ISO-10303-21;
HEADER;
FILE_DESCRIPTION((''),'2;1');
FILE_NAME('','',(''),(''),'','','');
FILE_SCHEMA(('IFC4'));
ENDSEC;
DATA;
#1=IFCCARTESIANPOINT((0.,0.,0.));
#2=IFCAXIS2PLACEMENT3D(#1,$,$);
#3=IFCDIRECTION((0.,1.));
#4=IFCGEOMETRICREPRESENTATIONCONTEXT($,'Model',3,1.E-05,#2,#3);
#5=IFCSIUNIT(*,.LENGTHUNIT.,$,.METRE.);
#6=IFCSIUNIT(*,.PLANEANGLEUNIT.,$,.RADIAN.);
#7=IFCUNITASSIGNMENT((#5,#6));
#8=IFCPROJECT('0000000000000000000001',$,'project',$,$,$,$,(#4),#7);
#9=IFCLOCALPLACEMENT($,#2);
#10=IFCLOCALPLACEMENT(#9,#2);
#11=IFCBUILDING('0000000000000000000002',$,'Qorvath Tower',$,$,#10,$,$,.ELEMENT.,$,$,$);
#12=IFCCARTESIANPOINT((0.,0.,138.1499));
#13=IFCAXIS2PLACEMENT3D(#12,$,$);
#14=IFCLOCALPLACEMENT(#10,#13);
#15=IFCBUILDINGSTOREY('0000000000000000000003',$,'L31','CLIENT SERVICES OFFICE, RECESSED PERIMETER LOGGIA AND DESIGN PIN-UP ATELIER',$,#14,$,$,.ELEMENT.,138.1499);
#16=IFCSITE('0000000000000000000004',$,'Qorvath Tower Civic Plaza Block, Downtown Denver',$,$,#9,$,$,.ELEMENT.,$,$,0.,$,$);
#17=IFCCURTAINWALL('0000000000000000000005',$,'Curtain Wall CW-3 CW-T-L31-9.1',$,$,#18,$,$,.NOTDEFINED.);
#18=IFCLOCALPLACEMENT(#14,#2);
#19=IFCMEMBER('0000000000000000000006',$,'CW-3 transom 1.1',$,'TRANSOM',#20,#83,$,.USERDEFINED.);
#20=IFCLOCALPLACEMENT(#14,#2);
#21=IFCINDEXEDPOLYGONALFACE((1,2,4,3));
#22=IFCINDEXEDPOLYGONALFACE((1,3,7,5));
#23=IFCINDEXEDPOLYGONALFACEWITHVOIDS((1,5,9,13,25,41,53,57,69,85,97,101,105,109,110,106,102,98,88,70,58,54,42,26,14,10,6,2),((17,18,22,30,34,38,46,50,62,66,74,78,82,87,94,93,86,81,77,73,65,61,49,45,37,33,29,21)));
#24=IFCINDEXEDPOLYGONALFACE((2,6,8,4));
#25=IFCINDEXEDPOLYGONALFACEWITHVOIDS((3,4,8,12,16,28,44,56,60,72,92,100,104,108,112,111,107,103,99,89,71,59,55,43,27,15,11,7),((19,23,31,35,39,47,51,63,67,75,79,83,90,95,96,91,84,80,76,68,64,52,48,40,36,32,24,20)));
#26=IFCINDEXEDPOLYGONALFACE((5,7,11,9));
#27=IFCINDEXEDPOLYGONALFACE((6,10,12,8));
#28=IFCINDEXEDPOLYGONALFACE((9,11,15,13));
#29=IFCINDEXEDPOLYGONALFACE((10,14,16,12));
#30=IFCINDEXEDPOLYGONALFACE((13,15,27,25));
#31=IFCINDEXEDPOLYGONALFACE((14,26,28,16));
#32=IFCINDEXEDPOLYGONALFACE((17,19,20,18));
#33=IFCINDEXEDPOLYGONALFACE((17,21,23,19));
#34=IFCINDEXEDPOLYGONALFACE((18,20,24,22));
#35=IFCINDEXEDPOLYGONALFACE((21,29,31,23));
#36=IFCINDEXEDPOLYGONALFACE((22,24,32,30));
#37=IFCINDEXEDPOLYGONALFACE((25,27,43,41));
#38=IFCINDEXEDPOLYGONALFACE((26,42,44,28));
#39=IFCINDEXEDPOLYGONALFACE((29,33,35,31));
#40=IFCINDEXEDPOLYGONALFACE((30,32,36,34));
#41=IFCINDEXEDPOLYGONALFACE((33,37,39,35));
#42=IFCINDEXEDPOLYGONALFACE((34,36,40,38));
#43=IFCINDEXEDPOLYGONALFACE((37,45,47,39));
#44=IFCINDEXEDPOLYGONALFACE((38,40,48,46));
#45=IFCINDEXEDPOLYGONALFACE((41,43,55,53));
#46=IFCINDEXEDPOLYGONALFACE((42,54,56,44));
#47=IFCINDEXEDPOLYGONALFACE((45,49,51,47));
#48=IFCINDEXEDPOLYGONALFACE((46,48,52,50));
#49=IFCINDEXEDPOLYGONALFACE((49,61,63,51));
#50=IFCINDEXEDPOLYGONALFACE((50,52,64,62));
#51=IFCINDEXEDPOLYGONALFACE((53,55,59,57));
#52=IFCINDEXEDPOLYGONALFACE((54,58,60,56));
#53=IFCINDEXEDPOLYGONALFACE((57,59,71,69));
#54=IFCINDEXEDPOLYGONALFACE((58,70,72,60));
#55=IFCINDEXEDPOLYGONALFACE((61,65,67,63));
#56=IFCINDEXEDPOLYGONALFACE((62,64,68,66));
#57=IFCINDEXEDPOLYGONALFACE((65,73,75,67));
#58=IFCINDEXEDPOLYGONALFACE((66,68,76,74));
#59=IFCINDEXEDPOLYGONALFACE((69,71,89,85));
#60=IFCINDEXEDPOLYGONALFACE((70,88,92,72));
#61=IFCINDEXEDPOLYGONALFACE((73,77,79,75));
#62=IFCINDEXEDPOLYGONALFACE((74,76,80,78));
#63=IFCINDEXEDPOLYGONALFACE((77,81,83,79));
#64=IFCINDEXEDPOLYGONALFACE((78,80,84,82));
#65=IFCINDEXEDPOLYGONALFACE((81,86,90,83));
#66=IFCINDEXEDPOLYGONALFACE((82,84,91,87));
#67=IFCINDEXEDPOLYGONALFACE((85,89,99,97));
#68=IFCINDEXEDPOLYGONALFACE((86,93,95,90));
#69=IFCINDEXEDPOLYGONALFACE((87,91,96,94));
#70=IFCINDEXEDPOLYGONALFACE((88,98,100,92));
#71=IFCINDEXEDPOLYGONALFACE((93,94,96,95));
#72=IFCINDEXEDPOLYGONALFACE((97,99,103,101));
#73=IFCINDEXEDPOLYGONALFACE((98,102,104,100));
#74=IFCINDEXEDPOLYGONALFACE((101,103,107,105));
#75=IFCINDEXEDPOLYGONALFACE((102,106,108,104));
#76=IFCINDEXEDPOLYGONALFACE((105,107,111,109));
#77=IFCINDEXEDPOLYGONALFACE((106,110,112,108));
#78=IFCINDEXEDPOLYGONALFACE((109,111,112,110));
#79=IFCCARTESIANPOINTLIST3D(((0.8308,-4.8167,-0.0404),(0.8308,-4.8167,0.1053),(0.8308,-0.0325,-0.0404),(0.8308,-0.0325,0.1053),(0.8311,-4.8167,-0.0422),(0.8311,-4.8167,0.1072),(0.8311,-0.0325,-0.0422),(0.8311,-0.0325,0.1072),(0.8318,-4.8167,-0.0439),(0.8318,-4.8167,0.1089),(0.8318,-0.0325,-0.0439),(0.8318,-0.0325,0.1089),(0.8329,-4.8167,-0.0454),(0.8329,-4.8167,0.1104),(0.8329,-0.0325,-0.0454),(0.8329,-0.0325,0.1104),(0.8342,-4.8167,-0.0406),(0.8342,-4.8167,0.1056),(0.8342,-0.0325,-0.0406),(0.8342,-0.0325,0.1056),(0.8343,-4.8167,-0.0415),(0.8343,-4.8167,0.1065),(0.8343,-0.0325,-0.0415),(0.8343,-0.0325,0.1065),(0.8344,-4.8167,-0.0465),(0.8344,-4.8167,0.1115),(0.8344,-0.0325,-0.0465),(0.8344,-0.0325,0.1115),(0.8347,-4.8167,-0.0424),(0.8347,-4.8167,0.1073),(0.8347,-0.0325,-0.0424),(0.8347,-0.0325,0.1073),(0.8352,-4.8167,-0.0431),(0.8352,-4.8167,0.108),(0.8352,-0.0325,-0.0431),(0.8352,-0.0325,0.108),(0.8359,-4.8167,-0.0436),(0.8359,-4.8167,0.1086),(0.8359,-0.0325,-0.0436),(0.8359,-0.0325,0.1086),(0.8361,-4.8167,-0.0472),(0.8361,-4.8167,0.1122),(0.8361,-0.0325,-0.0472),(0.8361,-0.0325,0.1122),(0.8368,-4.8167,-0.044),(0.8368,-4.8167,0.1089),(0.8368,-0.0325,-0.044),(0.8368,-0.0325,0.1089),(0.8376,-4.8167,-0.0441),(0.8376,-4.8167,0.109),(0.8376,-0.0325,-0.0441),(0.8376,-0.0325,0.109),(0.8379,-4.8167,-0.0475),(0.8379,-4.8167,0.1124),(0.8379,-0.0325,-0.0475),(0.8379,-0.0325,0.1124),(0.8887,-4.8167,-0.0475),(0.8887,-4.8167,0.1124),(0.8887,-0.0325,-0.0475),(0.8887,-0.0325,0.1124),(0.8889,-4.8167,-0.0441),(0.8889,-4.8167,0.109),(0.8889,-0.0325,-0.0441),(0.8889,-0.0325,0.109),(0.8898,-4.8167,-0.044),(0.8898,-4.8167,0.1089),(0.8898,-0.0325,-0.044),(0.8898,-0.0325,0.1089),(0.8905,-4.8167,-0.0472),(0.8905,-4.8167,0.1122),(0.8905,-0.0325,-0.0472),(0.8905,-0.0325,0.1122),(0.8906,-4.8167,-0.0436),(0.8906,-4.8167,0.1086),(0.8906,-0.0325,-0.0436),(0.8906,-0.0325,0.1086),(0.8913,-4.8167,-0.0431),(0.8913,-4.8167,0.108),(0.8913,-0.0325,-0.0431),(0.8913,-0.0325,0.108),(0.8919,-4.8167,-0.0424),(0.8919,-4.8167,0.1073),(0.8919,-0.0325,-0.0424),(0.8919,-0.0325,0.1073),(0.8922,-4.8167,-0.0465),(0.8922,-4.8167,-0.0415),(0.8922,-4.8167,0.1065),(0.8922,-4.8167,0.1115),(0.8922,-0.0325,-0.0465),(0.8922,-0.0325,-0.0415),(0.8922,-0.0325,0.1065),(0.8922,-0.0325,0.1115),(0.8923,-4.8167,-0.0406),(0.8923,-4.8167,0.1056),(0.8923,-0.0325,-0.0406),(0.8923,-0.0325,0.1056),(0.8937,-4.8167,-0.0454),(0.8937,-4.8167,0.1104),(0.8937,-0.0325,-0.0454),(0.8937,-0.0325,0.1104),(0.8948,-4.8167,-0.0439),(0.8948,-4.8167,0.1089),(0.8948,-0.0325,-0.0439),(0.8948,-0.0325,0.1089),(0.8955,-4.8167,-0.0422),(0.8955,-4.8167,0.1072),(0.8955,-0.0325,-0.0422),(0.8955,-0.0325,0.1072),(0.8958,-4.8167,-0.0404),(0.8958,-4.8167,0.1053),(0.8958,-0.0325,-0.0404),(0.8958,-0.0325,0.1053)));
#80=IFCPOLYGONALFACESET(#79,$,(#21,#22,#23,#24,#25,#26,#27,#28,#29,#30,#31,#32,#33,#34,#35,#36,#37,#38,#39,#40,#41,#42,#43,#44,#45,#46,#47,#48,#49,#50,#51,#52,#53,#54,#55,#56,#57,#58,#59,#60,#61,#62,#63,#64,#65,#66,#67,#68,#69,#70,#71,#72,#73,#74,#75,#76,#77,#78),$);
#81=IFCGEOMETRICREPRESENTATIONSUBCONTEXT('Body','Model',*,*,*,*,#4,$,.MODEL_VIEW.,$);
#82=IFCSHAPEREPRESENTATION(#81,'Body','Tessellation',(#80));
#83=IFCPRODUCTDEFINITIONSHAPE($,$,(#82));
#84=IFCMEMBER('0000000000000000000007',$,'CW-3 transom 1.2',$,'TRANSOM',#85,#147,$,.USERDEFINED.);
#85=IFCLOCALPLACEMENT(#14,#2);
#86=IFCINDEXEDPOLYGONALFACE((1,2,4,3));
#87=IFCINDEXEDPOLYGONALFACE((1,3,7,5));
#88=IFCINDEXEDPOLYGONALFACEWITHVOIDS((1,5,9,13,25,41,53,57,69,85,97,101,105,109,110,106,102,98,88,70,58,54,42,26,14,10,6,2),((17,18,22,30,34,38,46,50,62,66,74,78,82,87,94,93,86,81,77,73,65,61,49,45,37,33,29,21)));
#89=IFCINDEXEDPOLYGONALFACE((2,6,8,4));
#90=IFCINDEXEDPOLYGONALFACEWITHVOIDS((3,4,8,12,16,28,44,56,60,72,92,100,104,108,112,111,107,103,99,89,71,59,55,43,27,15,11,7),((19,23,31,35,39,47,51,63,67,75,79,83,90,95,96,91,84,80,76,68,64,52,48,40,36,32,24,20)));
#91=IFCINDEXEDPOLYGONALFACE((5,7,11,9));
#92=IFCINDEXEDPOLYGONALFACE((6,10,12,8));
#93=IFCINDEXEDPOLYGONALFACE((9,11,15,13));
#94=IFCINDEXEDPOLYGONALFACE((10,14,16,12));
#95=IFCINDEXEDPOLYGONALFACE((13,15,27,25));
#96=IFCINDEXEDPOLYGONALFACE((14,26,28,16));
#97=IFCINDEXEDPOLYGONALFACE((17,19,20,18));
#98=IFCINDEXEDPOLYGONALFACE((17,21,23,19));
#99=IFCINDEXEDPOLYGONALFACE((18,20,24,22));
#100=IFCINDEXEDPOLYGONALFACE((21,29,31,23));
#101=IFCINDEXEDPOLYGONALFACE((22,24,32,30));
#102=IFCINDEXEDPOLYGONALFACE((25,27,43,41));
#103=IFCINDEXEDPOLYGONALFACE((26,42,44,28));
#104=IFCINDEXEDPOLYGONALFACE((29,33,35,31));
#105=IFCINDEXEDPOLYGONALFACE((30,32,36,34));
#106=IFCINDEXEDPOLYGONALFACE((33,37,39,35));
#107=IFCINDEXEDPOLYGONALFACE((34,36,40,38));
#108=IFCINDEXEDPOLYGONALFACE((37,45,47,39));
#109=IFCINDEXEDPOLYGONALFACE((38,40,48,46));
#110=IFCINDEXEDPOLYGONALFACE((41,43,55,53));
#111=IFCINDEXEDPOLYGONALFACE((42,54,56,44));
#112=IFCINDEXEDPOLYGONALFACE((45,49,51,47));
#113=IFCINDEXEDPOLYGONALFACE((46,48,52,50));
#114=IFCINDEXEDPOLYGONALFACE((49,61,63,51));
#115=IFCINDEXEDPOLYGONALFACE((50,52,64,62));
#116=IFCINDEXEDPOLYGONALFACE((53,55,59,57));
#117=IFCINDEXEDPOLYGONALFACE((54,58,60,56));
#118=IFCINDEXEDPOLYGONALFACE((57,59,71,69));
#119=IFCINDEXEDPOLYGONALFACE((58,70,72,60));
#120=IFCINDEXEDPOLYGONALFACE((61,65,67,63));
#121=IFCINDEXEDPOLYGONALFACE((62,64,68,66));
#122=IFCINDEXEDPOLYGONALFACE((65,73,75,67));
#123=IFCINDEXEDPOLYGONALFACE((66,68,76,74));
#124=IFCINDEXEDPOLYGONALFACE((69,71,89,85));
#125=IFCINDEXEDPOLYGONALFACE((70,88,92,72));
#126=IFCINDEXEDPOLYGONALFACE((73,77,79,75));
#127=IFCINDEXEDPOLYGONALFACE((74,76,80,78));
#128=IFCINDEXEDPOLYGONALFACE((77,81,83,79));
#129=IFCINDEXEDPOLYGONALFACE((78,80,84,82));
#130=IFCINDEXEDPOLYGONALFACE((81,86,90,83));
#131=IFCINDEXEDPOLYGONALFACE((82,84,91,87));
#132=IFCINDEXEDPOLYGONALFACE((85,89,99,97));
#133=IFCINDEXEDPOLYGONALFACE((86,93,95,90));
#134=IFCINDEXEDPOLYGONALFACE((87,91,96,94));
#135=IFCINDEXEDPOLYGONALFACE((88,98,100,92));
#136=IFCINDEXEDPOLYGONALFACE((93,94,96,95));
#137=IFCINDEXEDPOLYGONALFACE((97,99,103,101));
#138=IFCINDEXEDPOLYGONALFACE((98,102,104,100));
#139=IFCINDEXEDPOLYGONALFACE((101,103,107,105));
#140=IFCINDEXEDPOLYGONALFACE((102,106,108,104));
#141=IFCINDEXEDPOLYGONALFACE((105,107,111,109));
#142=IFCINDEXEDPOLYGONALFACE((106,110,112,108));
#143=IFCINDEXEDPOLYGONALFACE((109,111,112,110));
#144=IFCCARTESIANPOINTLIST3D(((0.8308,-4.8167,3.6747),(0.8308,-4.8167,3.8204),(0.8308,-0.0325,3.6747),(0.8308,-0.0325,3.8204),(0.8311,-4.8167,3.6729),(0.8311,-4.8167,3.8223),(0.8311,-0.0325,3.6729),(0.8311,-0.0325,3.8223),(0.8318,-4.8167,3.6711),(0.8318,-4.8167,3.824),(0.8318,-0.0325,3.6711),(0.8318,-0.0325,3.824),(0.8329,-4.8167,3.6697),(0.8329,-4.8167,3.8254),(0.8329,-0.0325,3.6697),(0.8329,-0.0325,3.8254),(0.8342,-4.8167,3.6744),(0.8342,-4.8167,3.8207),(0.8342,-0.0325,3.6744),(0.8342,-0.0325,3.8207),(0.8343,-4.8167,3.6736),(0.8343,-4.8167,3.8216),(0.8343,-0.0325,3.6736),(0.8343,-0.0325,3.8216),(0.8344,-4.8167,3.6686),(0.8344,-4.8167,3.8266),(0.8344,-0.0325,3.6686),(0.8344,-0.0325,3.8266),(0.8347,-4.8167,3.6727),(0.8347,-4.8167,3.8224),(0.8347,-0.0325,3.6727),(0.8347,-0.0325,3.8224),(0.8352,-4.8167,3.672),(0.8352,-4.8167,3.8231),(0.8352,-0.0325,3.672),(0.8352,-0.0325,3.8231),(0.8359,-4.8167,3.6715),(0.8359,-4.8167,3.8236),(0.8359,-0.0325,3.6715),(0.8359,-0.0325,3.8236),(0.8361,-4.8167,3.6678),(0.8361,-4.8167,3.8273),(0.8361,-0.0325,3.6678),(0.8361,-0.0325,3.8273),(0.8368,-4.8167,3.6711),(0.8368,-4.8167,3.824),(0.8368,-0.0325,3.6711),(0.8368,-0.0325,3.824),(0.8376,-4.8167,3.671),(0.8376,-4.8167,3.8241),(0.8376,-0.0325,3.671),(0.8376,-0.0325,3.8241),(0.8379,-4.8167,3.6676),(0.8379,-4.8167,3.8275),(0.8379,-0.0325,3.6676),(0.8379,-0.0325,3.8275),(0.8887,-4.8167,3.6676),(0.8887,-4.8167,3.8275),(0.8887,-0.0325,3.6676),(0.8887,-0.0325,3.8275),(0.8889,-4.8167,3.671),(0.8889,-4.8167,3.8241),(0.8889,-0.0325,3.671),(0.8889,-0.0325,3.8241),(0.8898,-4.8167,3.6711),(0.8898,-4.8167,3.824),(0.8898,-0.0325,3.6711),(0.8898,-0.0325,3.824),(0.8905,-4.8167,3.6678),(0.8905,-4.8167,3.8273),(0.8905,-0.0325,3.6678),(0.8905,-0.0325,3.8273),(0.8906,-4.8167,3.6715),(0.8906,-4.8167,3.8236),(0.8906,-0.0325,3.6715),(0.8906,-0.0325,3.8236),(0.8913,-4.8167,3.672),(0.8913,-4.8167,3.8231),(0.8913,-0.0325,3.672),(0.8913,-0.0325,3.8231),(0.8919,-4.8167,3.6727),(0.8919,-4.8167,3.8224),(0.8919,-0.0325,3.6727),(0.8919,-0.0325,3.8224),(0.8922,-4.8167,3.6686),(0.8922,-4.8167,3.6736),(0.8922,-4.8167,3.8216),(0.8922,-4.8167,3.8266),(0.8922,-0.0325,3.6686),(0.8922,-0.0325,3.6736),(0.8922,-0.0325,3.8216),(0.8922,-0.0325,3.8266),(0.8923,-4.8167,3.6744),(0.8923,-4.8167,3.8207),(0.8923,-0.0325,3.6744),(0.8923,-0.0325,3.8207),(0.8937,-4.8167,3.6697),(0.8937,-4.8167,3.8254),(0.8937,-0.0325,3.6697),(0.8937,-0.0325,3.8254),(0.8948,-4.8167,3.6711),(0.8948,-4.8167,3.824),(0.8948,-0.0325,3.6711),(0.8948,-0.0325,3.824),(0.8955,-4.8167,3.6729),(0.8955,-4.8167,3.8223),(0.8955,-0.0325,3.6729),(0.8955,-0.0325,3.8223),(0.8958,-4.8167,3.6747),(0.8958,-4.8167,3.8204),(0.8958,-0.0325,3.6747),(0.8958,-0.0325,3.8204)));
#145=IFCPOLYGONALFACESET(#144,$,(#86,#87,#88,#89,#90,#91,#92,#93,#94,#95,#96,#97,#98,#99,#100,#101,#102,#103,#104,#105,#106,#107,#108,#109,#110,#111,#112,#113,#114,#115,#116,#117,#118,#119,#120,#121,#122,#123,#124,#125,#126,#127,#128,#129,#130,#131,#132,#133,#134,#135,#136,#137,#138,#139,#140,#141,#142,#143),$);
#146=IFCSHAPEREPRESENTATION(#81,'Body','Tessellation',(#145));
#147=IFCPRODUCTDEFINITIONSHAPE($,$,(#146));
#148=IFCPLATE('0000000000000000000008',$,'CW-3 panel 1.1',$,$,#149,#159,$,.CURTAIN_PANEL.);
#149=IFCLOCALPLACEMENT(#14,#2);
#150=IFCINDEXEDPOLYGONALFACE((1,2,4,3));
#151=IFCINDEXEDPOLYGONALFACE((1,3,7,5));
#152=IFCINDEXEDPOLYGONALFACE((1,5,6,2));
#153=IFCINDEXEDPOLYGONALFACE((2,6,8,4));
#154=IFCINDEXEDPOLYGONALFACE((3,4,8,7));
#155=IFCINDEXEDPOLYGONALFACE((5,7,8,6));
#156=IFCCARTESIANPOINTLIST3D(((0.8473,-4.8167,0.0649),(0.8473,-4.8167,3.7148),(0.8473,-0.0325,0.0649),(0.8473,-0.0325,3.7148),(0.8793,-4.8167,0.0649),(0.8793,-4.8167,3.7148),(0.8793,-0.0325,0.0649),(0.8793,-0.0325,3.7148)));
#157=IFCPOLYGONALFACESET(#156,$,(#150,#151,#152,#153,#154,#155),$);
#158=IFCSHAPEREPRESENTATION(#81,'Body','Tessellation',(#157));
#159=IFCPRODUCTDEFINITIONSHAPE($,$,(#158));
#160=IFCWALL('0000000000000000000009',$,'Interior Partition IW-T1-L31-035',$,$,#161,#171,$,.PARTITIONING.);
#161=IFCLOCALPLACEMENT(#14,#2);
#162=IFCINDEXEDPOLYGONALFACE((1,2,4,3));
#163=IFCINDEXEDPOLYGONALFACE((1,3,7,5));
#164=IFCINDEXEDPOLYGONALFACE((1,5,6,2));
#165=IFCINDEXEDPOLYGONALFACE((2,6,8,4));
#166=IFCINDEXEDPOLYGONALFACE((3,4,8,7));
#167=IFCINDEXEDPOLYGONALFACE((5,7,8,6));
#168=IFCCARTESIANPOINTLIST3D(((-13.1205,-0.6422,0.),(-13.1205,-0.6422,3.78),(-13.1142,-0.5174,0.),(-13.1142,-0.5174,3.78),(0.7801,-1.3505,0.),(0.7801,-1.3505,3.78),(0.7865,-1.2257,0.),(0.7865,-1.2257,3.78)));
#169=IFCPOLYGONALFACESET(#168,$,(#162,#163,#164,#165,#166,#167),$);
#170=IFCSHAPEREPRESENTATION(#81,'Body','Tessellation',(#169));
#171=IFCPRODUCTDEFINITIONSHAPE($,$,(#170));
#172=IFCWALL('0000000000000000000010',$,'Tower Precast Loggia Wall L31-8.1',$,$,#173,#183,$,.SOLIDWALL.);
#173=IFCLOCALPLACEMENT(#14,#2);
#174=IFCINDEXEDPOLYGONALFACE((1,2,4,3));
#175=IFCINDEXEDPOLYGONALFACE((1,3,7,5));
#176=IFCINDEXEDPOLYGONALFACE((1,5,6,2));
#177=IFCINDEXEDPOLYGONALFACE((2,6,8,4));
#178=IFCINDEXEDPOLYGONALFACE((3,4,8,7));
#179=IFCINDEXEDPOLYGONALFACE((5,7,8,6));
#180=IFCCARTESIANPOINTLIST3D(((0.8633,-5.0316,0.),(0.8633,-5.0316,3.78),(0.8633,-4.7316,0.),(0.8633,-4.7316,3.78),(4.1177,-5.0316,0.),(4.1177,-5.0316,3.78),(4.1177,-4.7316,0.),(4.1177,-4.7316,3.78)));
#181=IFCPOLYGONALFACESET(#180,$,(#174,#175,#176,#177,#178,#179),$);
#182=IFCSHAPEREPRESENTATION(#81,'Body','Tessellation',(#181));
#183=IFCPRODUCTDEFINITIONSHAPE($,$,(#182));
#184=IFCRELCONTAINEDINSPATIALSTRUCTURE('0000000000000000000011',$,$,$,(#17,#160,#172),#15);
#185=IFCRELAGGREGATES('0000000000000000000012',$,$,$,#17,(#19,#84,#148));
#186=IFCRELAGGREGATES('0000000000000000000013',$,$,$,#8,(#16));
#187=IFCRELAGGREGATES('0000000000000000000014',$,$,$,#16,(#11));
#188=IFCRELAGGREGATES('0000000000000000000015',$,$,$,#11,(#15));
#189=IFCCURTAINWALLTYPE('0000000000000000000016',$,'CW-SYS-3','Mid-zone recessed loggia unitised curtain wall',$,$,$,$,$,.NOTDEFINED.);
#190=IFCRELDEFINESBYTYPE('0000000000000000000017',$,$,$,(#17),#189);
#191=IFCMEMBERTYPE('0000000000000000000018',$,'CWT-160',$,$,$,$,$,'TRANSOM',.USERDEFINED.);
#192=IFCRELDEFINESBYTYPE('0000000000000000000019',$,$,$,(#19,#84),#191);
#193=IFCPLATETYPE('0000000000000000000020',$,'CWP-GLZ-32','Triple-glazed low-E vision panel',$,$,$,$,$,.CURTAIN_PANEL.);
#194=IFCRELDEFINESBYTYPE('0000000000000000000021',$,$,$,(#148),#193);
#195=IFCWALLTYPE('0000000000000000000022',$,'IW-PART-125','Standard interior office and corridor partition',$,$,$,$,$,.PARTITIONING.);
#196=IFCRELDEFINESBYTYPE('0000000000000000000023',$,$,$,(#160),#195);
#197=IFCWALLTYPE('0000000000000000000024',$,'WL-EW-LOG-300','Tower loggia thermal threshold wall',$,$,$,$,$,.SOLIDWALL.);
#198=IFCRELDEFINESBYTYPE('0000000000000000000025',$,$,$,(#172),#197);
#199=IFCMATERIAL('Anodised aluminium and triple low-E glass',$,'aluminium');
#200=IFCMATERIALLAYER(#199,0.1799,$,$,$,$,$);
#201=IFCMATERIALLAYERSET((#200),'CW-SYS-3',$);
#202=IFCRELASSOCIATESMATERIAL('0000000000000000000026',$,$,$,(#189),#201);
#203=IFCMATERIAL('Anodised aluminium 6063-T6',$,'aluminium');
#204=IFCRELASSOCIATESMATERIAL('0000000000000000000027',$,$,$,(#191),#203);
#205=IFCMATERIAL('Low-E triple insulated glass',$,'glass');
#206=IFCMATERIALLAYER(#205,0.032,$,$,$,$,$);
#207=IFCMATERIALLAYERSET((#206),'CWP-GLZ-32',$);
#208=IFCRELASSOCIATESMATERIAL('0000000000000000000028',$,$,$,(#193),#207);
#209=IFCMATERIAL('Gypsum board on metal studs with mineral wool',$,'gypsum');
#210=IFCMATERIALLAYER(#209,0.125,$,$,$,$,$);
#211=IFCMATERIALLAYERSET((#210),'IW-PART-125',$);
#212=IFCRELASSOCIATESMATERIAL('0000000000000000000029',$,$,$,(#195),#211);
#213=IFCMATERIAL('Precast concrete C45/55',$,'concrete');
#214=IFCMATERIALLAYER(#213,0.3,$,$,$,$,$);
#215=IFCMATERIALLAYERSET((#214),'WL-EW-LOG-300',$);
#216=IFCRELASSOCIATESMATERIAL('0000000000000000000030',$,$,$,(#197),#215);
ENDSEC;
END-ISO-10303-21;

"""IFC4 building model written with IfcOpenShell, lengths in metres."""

from ifc_helpers import new_model, si_unit, direction, frame, frame_2d, origin, origin_2d, place, context, subcontext, project, spatial, rectangle, hollow_rectangle, extrude, material, layer, layer_set, material_profile, profile_set, type_object, element, aggregate, save


model = new_model("IFC4")

# Units and contexts
model_context = context("Model", 3, precision=1e-05, world=origin(), true_north=direction((0.0, 1.0)))
body_context = subcontext(model_context, "Body", "Model", "MODEL_VIEW")
ifc_project = project(units=[si_unit("LENGTHUNIT", "METRE"), si_unit("PLANEANGLEUNIT", "RADIAN")], contexts=[model_context])

# Site, building, storey
site_placement = place(None, origin())
site = spatial("IfcSite", under=ifc_project, at=site_placement, Name="Qorvath Tower Civic Plaza Block, Downtown Denver", CompositionType="ELEMENT", RefElevation=0.0)
building_placement = place(site_placement, origin())
building = spatial("IfcBuilding", under=site, at=building_placement, Name="Qorvath Tower", CompositionType="ELEMENT")
storey_placement = place(building_placement, frame((0.0, 0.0, 138.1499)))
storey = spatial("IfcBuildingStorey", under=building, at=storey_placement, Name="L31", Description="CLIENT SERVICES OFFICE, RECESSED PERIMETER LOGGIA AND DESIGN PIN-UP ATELIER", CompositionType="ELEMENT", Elevation=138.1499)

# Shared definitions
ifc_material_1 = material(Name="Anodised aluminium and triple low-E glass", Category="aluminium")
ifc_layer_1 = layer(ifc_material_1, 0.1799)
ifc_layer_set_1 = layer_set([ifc_layer_1], Name="CW-SYS-3")
curtain_wall_type = type_object("IfcCurtainWallType", Name="CW-SYS-3", Description="Mid-zone recessed loggia unitised curtain wall", PredefinedType="NOTDEFINED", material=ifc_layer_set_1)

# Curtain wall, members, plate
curtain_wall_1_placement = place(storey_placement, origin())
curtain_wall_1 = element("IfcCurtainWall", 1, at=curtain_wall_1_placement, inside=storey, type_object=curtain_wall_type, Name="Curtain Wall CW-3 CW-T-L31-9.1", PredefinedType="NOTDEFINED")
ifc_material_2 = material(Name="Anodised aluminium 6063-T6", Category="aluminium")
ifc_material_profile_1 = material_profile(ifc_material_2, hollow_rectangle(XDim=0.0649, YDim=0.1599, WallThickness=0.0034, InnerFilletRadius=0.0034, OuterFilletRadius=0.0071, at=origin_2d()), Name="CWT 160x65")
ifc_profile_set_1 = profile_set([ifc_material_profile_1], Name="Anodised aluminium 6063-T6")
member_type_1 = type_object("IfcMemberType", Name="CWT-160", ElementType="TRANSOM", PredefinedType="USERDEFINED", material=ifc_profile_set_1)
member_1_placement = place(storey_placement, frame((0.8633, -4.8167, 0.0325), z_axis=(0.0, 1.0, 0.0), x_axis=(-1.0, 0.0, 0.0)))
member_1 = element("IfcMember", 2, at=member_1_placement, type_object=member_type_1, Name="CW-3 transom 1.1", ObjectType="TRANSOM", PredefinedType="USERDEFINED", context=body_context, shape_type="SweptSolid", body=[
    extrude(hollow_rectangle(XDim=0.0649, YDim=0.1599, WallThickness=0.0034, InnerFilletRadius=0.0034, OuterFilletRadius=0.0071, at=origin_2d()), origin(), (0.0, 0.0, 1.0), 4.7842),
])
member_2_placement = place(storey_placement, frame((0.8633, -4.8167, 3.7476), z_axis=(0.0, 1.0, 0.0), x_axis=(-1.0, 0.0, 0.0)))
member_2 = element("IfcMember", 3, at=member_2_placement, type_object=member_type_1, Name="CW-3 transom 1.2", ObjectType="TRANSOM", PredefinedType="USERDEFINED", context=body_context, shape_type="SweptSolid", body=[
    extrude(hollow_rectangle(XDim=0.0649, YDim=0.1599, WallThickness=0.0034, InnerFilletRadius=0.0034, OuterFilletRadius=0.0071, at=origin_2d()), origin(), (0.0, 0.0, 1.0), 4.7842),
])
ifc_material_3 = material(Name="Low-E triple insulated glass", Category="glass")
ifc_layer_2 = layer(ifc_material_3, 0.032)
ifc_layer_set_2 = layer_set([ifc_layer_2], Name="CWP-GLZ-32")
plate_type = type_object("IfcPlateType", Name="CWP-GLZ-32", Description="Triple-glazed low-E vision panel", PredefinedType="CURTAIN_PANEL", material=ifc_layer_set_2)
plate_placement = place(storey_placement, frame((0.8633, -2.4246, 0.0649), z_axis=(0.0, 0.0, 1.0), x_axis=(0.0, 1.0, 0.0)))
plate = element("IfcPlate", 4, at=plate_placement, type_object=plate_type, Name="CW-3 panel 1.1", PredefinedType="CURTAIN_PANEL", context=body_context, shape_type="SweptSolid", body=[
    extrude(rectangle(XDim=4.7842, YDim=0.032, at=origin_2d()), origin(), (0.0, 0.0, 1.0), 3.6499),
])
aggregate(curtain_wall_1, [member_1, member_2, plate])

# Walls
ifc_material_4 = material(Name="Gypsum board on metal studs with mineral wool", Category="gypsum")
ifc_layer_3 = layer(ifc_material_4, 0.125)
ifc_layer_set_3 = layer_set([ifc_layer_3], Name="IW-PART-125")
wall_type_1 = type_object("IfcWallType", Name="IW-PART-125", Description="Standard interior office and corridor partition", PredefinedType="PARTITIONING", material=ifc_layer_set_3)
wall_1_placement = place(storey_placement, frame((0.7834, -1.2881, 0.0), z_axis=(0.0, 0.0, 1.0), x_axis=(-0.998705, 0.050885, 0.0)))
element("IfcWall", 5, at=wall_1_placement, inside=storey, type_object=wall_type_1, Name="Interior Partition IW-T1-L31-035", PredefinedType="PARTITIONING", context=body_context, shape_type="SweptSolid", body=[
    extrude(rectangle(XDim=13.9187, YDim=0.125, at=frame_2d((6.9595, 0.0))), origin(), (0.0, 0.0, 1.0), 3.78),
])
ifc_material_5 = material(Name="Precast concrete C45/55", Category="concrete")
ifc_layer_4 = layer(ifc_material_5, 0.3)
ifc_layer_set_4 = layer_set([ifc_layer_4], Name="WL-EW-LOG-300")
wall_type_2 = type_object("IfcWallType", Name="WL-EW-LOG-300", Description="Tower loggia thermal threshold wall", PredefinedType="SOLIDWALL", material=ifc_layer_set_4)
wall_2_placement = place(storey_placement, frame((4.1177, -4.8816, 0.0), z_axis=(0.0, 0.0, 1.0), x_axis=(-1.0, 0.0, 0.0)))
element("IfcWall", 6, at=wall_2_placement, inside=storey, type_object=wall_type_2, Name="Tower Precast Loggia Wall L31-8.1", PredefinedType="SOLIDWALL", context=body_context, shape_type="SweptSolid", body=[
    extrude(rectangle(XDim=3.2544, YDim=0.3, at=frame_2d((1.6272, 0.0))), origin(), (0.0, 0.0, 1.0), 3.78),
])

save(model, "model.ifc")
